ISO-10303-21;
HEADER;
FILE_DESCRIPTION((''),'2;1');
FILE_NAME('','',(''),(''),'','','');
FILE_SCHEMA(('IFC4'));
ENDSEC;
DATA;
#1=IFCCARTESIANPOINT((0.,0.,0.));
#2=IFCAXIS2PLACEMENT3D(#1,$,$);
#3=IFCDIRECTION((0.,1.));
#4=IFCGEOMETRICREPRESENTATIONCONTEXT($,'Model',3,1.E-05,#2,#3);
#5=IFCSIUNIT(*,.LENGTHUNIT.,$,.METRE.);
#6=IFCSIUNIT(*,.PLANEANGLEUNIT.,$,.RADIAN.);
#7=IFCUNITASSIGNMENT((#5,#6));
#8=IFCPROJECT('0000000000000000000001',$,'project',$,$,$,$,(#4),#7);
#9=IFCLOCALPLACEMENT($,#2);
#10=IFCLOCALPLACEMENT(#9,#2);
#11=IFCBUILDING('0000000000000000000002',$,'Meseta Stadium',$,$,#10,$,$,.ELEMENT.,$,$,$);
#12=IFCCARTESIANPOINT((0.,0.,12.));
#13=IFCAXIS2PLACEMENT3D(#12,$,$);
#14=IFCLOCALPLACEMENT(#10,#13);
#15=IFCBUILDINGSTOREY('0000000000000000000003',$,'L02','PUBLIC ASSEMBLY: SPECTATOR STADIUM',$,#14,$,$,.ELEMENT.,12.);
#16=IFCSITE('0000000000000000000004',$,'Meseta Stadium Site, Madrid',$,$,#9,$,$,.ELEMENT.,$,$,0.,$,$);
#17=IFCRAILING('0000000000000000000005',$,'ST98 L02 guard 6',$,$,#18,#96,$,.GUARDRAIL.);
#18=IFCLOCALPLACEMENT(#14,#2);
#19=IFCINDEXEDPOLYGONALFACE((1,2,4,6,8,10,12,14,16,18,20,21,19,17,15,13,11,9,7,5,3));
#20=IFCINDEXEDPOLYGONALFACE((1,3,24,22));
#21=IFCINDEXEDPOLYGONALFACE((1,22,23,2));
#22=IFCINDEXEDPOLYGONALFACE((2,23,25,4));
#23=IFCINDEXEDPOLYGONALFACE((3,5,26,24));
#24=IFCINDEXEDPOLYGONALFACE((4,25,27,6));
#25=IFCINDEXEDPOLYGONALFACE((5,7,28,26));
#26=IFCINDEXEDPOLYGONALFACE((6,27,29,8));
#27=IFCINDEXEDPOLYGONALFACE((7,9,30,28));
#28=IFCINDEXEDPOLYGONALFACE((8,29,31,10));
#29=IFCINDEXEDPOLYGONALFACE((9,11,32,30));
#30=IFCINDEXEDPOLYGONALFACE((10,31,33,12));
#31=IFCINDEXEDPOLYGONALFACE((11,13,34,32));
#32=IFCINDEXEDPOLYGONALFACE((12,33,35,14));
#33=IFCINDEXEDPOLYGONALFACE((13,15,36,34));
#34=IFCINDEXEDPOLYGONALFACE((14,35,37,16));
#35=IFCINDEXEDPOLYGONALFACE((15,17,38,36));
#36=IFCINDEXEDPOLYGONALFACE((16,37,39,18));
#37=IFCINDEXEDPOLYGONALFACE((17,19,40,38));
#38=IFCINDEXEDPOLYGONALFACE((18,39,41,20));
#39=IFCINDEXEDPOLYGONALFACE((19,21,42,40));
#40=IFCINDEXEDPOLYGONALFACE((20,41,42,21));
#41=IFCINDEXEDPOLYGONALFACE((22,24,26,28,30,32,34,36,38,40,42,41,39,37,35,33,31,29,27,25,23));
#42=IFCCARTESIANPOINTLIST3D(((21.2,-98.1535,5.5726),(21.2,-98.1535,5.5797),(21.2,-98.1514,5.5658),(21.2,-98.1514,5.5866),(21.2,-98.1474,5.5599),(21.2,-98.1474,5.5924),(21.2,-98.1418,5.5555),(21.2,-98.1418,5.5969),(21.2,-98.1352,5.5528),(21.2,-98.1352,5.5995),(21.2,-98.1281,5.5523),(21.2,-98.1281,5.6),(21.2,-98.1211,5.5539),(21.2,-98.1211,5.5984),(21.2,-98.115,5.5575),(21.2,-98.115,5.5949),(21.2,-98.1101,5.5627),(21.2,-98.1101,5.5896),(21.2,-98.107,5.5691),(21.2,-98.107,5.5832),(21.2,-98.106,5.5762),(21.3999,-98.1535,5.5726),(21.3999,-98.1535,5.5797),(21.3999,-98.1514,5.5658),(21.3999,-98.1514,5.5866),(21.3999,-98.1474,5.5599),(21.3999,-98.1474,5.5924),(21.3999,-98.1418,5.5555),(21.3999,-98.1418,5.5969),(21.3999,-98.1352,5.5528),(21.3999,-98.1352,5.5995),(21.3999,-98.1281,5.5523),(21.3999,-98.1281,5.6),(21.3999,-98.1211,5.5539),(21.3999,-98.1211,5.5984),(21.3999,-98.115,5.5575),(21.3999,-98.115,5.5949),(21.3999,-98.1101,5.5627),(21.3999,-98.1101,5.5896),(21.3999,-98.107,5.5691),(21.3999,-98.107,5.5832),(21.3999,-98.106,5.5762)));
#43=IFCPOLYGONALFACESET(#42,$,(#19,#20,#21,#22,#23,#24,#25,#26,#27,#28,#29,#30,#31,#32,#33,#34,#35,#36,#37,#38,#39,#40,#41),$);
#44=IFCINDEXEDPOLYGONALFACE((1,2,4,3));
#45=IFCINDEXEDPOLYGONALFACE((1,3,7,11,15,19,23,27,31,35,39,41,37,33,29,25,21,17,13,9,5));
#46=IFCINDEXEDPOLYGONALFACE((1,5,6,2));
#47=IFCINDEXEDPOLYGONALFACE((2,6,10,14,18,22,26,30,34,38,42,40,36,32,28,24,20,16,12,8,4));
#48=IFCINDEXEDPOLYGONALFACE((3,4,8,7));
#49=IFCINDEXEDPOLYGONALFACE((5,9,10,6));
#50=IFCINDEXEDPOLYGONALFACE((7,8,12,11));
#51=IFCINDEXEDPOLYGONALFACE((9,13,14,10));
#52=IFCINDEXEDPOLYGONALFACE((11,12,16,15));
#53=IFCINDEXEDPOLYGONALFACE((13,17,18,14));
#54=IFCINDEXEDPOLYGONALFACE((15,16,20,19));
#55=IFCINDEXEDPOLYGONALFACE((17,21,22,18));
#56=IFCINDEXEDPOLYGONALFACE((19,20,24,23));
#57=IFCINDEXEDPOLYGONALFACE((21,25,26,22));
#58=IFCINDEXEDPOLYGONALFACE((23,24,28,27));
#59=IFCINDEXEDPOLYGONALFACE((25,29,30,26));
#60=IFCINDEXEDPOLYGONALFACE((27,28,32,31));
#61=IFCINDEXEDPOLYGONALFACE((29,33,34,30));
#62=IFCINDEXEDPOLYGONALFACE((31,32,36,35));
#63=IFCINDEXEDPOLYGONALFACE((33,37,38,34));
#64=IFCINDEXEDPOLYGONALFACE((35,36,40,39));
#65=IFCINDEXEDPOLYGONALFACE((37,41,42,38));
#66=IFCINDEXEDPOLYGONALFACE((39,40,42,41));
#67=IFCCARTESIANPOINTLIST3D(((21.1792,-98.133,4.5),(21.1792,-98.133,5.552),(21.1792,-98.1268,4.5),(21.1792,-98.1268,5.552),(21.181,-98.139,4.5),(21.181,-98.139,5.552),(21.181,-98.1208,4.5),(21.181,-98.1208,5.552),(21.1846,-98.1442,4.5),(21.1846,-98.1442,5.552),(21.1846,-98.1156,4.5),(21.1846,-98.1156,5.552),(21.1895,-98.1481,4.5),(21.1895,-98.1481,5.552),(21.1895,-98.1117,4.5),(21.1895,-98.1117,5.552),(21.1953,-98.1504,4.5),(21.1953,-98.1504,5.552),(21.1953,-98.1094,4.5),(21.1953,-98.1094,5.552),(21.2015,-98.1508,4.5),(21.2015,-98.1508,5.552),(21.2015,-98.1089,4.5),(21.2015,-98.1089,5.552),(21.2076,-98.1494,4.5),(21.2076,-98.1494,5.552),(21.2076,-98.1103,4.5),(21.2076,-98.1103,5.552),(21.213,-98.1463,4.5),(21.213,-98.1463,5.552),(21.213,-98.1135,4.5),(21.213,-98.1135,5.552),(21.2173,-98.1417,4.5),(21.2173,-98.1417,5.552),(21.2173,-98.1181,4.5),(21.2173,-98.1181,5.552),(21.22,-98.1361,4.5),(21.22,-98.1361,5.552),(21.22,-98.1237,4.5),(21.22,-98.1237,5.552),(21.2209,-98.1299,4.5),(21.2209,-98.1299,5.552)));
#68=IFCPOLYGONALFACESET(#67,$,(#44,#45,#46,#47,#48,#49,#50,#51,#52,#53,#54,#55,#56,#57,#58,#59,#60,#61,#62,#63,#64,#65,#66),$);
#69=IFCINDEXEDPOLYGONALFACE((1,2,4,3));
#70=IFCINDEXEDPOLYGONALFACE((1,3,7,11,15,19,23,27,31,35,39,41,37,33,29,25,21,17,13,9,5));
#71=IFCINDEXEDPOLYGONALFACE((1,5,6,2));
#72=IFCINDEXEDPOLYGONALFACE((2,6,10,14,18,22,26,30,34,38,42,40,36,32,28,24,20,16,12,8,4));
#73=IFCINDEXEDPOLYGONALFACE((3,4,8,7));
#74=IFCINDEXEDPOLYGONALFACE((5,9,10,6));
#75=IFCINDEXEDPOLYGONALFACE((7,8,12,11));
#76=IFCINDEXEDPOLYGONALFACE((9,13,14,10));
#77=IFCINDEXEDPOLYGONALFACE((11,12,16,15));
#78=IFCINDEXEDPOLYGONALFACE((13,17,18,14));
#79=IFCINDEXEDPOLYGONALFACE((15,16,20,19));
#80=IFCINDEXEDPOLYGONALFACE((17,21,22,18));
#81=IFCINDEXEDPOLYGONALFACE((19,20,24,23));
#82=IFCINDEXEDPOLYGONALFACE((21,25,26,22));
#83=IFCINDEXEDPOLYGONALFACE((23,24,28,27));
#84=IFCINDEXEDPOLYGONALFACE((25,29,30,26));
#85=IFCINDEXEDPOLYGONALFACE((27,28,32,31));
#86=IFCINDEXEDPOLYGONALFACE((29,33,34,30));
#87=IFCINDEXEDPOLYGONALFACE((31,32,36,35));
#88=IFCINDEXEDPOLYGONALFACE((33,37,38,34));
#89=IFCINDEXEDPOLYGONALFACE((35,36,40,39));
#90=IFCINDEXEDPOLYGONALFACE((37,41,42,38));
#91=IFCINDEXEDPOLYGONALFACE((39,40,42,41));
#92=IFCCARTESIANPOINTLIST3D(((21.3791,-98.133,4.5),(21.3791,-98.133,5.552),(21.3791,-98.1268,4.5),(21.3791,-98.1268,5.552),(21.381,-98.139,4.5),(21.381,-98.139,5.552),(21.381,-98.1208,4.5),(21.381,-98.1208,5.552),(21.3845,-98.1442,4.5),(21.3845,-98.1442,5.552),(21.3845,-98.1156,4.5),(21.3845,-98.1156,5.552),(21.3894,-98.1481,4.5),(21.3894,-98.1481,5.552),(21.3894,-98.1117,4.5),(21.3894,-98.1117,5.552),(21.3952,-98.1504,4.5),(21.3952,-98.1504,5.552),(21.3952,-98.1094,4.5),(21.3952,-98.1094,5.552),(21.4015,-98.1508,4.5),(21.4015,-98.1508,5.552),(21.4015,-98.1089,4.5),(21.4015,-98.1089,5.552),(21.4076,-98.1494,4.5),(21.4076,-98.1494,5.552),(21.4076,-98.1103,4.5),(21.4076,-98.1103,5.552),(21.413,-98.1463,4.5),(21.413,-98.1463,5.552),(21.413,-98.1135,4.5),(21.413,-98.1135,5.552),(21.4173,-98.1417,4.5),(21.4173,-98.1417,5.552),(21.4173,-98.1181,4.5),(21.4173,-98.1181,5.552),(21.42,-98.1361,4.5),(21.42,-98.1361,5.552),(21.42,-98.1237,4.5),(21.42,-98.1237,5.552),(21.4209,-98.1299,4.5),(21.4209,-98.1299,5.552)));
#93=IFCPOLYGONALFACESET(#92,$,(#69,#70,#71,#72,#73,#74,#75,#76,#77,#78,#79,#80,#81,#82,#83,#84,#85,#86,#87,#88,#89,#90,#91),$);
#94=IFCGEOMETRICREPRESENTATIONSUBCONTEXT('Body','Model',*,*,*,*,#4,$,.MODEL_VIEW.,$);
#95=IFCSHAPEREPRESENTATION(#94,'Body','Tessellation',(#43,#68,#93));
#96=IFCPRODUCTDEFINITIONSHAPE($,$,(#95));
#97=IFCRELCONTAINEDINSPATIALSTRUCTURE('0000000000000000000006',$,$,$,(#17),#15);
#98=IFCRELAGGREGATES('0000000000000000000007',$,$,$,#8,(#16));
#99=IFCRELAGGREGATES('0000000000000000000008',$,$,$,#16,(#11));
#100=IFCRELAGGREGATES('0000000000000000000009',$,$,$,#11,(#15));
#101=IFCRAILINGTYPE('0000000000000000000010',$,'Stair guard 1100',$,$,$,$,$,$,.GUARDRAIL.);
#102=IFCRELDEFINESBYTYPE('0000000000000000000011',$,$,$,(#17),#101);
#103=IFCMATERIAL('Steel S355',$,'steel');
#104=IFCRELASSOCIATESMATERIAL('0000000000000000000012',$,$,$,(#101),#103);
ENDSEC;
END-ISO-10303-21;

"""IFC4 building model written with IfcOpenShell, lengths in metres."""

from ifc_helpers import new_model, si_unit, direction, frame, origin, origin_2d, place, context, subcontext, project, spatial, circle, extrude, material, type_object, element, save


model = new_model("IFC4")

# Units and contexts
model_context = context("Model", 3, precision=1e-05, world=origin(), true_north=direction((0.0, 1.0)))
body_context = subcontext(model_context, "Body", "Model", "MODEL_VIEW")
ifc_project = project(units=[si_unit("LENGTHUNIT", "METRE"), si_unit("PLANEANGLEUNIT", "RADIAN")], contexts=[model_context])

# Site, building, storey
site_placement = place(None, origin())
site = spatial("IfcSite", under=ifc_project, at=site_placement, Name="Meseta Stadium Site, Madrid", CompositionType="ELEMENT", RefElevation=0.0)
building_placement = place(site_placement, origin())
building = spatial("IfcBuilding", under=site, at=building_placement, Name="Meseta Stadium", CompositionType="ELEMENT")
storey_placement = place(building_placement, frame((0.0, 0.0, 12.0)))
storey = spatial("IfcBuildingStorey", under=building, at=storey_placement, Name="L02", Description="PUBLIC ASSEMBLY: SPECTATOR STADIUM", CompositionType="ELEMENT", Elevation=12.0)

# Railing
ifc_material_1 = material(Name="Steel S355", Category="steel")
railing_type = type_object("IfcRailingType", Name="Stair guard 1100", PredefinedType="GUARDRAIL", material=ifc_material_1)
for number, where, name in (
    (1, (21.2, -98.1299, 4.5), "ST98 L02 guard 6"),
):
    element("IfcRailing", number, at=place(storey_placement, frame(where)), inside=storey, type_object=railing_type, Name=name, PredefinedType="GUARDRAIL", context=body_context, shape_type="SweptSolid", body=[
        extrude(circle(Radius=0.0239, at=origin_2d()), frame((0.0, 0.0, 1.0762), z_axis=(1.0, 0.0, 0.0), x_axis=(0.0, 1.0, 0.0)), (0.0, 0.0, 1.0), 0.2),
        extrude(circle(Radius=0.021, at=origin_2d()), origin(), (0.0, 0.0, 1.0), 1.052),
        extrude(circle(Radius=0.021, at=origin_2d()), frame((0.2, 0.0, 0.0)), (0.0, 0.0, 1.0), 1.052),
    ])

save(model, "model.ifc")
